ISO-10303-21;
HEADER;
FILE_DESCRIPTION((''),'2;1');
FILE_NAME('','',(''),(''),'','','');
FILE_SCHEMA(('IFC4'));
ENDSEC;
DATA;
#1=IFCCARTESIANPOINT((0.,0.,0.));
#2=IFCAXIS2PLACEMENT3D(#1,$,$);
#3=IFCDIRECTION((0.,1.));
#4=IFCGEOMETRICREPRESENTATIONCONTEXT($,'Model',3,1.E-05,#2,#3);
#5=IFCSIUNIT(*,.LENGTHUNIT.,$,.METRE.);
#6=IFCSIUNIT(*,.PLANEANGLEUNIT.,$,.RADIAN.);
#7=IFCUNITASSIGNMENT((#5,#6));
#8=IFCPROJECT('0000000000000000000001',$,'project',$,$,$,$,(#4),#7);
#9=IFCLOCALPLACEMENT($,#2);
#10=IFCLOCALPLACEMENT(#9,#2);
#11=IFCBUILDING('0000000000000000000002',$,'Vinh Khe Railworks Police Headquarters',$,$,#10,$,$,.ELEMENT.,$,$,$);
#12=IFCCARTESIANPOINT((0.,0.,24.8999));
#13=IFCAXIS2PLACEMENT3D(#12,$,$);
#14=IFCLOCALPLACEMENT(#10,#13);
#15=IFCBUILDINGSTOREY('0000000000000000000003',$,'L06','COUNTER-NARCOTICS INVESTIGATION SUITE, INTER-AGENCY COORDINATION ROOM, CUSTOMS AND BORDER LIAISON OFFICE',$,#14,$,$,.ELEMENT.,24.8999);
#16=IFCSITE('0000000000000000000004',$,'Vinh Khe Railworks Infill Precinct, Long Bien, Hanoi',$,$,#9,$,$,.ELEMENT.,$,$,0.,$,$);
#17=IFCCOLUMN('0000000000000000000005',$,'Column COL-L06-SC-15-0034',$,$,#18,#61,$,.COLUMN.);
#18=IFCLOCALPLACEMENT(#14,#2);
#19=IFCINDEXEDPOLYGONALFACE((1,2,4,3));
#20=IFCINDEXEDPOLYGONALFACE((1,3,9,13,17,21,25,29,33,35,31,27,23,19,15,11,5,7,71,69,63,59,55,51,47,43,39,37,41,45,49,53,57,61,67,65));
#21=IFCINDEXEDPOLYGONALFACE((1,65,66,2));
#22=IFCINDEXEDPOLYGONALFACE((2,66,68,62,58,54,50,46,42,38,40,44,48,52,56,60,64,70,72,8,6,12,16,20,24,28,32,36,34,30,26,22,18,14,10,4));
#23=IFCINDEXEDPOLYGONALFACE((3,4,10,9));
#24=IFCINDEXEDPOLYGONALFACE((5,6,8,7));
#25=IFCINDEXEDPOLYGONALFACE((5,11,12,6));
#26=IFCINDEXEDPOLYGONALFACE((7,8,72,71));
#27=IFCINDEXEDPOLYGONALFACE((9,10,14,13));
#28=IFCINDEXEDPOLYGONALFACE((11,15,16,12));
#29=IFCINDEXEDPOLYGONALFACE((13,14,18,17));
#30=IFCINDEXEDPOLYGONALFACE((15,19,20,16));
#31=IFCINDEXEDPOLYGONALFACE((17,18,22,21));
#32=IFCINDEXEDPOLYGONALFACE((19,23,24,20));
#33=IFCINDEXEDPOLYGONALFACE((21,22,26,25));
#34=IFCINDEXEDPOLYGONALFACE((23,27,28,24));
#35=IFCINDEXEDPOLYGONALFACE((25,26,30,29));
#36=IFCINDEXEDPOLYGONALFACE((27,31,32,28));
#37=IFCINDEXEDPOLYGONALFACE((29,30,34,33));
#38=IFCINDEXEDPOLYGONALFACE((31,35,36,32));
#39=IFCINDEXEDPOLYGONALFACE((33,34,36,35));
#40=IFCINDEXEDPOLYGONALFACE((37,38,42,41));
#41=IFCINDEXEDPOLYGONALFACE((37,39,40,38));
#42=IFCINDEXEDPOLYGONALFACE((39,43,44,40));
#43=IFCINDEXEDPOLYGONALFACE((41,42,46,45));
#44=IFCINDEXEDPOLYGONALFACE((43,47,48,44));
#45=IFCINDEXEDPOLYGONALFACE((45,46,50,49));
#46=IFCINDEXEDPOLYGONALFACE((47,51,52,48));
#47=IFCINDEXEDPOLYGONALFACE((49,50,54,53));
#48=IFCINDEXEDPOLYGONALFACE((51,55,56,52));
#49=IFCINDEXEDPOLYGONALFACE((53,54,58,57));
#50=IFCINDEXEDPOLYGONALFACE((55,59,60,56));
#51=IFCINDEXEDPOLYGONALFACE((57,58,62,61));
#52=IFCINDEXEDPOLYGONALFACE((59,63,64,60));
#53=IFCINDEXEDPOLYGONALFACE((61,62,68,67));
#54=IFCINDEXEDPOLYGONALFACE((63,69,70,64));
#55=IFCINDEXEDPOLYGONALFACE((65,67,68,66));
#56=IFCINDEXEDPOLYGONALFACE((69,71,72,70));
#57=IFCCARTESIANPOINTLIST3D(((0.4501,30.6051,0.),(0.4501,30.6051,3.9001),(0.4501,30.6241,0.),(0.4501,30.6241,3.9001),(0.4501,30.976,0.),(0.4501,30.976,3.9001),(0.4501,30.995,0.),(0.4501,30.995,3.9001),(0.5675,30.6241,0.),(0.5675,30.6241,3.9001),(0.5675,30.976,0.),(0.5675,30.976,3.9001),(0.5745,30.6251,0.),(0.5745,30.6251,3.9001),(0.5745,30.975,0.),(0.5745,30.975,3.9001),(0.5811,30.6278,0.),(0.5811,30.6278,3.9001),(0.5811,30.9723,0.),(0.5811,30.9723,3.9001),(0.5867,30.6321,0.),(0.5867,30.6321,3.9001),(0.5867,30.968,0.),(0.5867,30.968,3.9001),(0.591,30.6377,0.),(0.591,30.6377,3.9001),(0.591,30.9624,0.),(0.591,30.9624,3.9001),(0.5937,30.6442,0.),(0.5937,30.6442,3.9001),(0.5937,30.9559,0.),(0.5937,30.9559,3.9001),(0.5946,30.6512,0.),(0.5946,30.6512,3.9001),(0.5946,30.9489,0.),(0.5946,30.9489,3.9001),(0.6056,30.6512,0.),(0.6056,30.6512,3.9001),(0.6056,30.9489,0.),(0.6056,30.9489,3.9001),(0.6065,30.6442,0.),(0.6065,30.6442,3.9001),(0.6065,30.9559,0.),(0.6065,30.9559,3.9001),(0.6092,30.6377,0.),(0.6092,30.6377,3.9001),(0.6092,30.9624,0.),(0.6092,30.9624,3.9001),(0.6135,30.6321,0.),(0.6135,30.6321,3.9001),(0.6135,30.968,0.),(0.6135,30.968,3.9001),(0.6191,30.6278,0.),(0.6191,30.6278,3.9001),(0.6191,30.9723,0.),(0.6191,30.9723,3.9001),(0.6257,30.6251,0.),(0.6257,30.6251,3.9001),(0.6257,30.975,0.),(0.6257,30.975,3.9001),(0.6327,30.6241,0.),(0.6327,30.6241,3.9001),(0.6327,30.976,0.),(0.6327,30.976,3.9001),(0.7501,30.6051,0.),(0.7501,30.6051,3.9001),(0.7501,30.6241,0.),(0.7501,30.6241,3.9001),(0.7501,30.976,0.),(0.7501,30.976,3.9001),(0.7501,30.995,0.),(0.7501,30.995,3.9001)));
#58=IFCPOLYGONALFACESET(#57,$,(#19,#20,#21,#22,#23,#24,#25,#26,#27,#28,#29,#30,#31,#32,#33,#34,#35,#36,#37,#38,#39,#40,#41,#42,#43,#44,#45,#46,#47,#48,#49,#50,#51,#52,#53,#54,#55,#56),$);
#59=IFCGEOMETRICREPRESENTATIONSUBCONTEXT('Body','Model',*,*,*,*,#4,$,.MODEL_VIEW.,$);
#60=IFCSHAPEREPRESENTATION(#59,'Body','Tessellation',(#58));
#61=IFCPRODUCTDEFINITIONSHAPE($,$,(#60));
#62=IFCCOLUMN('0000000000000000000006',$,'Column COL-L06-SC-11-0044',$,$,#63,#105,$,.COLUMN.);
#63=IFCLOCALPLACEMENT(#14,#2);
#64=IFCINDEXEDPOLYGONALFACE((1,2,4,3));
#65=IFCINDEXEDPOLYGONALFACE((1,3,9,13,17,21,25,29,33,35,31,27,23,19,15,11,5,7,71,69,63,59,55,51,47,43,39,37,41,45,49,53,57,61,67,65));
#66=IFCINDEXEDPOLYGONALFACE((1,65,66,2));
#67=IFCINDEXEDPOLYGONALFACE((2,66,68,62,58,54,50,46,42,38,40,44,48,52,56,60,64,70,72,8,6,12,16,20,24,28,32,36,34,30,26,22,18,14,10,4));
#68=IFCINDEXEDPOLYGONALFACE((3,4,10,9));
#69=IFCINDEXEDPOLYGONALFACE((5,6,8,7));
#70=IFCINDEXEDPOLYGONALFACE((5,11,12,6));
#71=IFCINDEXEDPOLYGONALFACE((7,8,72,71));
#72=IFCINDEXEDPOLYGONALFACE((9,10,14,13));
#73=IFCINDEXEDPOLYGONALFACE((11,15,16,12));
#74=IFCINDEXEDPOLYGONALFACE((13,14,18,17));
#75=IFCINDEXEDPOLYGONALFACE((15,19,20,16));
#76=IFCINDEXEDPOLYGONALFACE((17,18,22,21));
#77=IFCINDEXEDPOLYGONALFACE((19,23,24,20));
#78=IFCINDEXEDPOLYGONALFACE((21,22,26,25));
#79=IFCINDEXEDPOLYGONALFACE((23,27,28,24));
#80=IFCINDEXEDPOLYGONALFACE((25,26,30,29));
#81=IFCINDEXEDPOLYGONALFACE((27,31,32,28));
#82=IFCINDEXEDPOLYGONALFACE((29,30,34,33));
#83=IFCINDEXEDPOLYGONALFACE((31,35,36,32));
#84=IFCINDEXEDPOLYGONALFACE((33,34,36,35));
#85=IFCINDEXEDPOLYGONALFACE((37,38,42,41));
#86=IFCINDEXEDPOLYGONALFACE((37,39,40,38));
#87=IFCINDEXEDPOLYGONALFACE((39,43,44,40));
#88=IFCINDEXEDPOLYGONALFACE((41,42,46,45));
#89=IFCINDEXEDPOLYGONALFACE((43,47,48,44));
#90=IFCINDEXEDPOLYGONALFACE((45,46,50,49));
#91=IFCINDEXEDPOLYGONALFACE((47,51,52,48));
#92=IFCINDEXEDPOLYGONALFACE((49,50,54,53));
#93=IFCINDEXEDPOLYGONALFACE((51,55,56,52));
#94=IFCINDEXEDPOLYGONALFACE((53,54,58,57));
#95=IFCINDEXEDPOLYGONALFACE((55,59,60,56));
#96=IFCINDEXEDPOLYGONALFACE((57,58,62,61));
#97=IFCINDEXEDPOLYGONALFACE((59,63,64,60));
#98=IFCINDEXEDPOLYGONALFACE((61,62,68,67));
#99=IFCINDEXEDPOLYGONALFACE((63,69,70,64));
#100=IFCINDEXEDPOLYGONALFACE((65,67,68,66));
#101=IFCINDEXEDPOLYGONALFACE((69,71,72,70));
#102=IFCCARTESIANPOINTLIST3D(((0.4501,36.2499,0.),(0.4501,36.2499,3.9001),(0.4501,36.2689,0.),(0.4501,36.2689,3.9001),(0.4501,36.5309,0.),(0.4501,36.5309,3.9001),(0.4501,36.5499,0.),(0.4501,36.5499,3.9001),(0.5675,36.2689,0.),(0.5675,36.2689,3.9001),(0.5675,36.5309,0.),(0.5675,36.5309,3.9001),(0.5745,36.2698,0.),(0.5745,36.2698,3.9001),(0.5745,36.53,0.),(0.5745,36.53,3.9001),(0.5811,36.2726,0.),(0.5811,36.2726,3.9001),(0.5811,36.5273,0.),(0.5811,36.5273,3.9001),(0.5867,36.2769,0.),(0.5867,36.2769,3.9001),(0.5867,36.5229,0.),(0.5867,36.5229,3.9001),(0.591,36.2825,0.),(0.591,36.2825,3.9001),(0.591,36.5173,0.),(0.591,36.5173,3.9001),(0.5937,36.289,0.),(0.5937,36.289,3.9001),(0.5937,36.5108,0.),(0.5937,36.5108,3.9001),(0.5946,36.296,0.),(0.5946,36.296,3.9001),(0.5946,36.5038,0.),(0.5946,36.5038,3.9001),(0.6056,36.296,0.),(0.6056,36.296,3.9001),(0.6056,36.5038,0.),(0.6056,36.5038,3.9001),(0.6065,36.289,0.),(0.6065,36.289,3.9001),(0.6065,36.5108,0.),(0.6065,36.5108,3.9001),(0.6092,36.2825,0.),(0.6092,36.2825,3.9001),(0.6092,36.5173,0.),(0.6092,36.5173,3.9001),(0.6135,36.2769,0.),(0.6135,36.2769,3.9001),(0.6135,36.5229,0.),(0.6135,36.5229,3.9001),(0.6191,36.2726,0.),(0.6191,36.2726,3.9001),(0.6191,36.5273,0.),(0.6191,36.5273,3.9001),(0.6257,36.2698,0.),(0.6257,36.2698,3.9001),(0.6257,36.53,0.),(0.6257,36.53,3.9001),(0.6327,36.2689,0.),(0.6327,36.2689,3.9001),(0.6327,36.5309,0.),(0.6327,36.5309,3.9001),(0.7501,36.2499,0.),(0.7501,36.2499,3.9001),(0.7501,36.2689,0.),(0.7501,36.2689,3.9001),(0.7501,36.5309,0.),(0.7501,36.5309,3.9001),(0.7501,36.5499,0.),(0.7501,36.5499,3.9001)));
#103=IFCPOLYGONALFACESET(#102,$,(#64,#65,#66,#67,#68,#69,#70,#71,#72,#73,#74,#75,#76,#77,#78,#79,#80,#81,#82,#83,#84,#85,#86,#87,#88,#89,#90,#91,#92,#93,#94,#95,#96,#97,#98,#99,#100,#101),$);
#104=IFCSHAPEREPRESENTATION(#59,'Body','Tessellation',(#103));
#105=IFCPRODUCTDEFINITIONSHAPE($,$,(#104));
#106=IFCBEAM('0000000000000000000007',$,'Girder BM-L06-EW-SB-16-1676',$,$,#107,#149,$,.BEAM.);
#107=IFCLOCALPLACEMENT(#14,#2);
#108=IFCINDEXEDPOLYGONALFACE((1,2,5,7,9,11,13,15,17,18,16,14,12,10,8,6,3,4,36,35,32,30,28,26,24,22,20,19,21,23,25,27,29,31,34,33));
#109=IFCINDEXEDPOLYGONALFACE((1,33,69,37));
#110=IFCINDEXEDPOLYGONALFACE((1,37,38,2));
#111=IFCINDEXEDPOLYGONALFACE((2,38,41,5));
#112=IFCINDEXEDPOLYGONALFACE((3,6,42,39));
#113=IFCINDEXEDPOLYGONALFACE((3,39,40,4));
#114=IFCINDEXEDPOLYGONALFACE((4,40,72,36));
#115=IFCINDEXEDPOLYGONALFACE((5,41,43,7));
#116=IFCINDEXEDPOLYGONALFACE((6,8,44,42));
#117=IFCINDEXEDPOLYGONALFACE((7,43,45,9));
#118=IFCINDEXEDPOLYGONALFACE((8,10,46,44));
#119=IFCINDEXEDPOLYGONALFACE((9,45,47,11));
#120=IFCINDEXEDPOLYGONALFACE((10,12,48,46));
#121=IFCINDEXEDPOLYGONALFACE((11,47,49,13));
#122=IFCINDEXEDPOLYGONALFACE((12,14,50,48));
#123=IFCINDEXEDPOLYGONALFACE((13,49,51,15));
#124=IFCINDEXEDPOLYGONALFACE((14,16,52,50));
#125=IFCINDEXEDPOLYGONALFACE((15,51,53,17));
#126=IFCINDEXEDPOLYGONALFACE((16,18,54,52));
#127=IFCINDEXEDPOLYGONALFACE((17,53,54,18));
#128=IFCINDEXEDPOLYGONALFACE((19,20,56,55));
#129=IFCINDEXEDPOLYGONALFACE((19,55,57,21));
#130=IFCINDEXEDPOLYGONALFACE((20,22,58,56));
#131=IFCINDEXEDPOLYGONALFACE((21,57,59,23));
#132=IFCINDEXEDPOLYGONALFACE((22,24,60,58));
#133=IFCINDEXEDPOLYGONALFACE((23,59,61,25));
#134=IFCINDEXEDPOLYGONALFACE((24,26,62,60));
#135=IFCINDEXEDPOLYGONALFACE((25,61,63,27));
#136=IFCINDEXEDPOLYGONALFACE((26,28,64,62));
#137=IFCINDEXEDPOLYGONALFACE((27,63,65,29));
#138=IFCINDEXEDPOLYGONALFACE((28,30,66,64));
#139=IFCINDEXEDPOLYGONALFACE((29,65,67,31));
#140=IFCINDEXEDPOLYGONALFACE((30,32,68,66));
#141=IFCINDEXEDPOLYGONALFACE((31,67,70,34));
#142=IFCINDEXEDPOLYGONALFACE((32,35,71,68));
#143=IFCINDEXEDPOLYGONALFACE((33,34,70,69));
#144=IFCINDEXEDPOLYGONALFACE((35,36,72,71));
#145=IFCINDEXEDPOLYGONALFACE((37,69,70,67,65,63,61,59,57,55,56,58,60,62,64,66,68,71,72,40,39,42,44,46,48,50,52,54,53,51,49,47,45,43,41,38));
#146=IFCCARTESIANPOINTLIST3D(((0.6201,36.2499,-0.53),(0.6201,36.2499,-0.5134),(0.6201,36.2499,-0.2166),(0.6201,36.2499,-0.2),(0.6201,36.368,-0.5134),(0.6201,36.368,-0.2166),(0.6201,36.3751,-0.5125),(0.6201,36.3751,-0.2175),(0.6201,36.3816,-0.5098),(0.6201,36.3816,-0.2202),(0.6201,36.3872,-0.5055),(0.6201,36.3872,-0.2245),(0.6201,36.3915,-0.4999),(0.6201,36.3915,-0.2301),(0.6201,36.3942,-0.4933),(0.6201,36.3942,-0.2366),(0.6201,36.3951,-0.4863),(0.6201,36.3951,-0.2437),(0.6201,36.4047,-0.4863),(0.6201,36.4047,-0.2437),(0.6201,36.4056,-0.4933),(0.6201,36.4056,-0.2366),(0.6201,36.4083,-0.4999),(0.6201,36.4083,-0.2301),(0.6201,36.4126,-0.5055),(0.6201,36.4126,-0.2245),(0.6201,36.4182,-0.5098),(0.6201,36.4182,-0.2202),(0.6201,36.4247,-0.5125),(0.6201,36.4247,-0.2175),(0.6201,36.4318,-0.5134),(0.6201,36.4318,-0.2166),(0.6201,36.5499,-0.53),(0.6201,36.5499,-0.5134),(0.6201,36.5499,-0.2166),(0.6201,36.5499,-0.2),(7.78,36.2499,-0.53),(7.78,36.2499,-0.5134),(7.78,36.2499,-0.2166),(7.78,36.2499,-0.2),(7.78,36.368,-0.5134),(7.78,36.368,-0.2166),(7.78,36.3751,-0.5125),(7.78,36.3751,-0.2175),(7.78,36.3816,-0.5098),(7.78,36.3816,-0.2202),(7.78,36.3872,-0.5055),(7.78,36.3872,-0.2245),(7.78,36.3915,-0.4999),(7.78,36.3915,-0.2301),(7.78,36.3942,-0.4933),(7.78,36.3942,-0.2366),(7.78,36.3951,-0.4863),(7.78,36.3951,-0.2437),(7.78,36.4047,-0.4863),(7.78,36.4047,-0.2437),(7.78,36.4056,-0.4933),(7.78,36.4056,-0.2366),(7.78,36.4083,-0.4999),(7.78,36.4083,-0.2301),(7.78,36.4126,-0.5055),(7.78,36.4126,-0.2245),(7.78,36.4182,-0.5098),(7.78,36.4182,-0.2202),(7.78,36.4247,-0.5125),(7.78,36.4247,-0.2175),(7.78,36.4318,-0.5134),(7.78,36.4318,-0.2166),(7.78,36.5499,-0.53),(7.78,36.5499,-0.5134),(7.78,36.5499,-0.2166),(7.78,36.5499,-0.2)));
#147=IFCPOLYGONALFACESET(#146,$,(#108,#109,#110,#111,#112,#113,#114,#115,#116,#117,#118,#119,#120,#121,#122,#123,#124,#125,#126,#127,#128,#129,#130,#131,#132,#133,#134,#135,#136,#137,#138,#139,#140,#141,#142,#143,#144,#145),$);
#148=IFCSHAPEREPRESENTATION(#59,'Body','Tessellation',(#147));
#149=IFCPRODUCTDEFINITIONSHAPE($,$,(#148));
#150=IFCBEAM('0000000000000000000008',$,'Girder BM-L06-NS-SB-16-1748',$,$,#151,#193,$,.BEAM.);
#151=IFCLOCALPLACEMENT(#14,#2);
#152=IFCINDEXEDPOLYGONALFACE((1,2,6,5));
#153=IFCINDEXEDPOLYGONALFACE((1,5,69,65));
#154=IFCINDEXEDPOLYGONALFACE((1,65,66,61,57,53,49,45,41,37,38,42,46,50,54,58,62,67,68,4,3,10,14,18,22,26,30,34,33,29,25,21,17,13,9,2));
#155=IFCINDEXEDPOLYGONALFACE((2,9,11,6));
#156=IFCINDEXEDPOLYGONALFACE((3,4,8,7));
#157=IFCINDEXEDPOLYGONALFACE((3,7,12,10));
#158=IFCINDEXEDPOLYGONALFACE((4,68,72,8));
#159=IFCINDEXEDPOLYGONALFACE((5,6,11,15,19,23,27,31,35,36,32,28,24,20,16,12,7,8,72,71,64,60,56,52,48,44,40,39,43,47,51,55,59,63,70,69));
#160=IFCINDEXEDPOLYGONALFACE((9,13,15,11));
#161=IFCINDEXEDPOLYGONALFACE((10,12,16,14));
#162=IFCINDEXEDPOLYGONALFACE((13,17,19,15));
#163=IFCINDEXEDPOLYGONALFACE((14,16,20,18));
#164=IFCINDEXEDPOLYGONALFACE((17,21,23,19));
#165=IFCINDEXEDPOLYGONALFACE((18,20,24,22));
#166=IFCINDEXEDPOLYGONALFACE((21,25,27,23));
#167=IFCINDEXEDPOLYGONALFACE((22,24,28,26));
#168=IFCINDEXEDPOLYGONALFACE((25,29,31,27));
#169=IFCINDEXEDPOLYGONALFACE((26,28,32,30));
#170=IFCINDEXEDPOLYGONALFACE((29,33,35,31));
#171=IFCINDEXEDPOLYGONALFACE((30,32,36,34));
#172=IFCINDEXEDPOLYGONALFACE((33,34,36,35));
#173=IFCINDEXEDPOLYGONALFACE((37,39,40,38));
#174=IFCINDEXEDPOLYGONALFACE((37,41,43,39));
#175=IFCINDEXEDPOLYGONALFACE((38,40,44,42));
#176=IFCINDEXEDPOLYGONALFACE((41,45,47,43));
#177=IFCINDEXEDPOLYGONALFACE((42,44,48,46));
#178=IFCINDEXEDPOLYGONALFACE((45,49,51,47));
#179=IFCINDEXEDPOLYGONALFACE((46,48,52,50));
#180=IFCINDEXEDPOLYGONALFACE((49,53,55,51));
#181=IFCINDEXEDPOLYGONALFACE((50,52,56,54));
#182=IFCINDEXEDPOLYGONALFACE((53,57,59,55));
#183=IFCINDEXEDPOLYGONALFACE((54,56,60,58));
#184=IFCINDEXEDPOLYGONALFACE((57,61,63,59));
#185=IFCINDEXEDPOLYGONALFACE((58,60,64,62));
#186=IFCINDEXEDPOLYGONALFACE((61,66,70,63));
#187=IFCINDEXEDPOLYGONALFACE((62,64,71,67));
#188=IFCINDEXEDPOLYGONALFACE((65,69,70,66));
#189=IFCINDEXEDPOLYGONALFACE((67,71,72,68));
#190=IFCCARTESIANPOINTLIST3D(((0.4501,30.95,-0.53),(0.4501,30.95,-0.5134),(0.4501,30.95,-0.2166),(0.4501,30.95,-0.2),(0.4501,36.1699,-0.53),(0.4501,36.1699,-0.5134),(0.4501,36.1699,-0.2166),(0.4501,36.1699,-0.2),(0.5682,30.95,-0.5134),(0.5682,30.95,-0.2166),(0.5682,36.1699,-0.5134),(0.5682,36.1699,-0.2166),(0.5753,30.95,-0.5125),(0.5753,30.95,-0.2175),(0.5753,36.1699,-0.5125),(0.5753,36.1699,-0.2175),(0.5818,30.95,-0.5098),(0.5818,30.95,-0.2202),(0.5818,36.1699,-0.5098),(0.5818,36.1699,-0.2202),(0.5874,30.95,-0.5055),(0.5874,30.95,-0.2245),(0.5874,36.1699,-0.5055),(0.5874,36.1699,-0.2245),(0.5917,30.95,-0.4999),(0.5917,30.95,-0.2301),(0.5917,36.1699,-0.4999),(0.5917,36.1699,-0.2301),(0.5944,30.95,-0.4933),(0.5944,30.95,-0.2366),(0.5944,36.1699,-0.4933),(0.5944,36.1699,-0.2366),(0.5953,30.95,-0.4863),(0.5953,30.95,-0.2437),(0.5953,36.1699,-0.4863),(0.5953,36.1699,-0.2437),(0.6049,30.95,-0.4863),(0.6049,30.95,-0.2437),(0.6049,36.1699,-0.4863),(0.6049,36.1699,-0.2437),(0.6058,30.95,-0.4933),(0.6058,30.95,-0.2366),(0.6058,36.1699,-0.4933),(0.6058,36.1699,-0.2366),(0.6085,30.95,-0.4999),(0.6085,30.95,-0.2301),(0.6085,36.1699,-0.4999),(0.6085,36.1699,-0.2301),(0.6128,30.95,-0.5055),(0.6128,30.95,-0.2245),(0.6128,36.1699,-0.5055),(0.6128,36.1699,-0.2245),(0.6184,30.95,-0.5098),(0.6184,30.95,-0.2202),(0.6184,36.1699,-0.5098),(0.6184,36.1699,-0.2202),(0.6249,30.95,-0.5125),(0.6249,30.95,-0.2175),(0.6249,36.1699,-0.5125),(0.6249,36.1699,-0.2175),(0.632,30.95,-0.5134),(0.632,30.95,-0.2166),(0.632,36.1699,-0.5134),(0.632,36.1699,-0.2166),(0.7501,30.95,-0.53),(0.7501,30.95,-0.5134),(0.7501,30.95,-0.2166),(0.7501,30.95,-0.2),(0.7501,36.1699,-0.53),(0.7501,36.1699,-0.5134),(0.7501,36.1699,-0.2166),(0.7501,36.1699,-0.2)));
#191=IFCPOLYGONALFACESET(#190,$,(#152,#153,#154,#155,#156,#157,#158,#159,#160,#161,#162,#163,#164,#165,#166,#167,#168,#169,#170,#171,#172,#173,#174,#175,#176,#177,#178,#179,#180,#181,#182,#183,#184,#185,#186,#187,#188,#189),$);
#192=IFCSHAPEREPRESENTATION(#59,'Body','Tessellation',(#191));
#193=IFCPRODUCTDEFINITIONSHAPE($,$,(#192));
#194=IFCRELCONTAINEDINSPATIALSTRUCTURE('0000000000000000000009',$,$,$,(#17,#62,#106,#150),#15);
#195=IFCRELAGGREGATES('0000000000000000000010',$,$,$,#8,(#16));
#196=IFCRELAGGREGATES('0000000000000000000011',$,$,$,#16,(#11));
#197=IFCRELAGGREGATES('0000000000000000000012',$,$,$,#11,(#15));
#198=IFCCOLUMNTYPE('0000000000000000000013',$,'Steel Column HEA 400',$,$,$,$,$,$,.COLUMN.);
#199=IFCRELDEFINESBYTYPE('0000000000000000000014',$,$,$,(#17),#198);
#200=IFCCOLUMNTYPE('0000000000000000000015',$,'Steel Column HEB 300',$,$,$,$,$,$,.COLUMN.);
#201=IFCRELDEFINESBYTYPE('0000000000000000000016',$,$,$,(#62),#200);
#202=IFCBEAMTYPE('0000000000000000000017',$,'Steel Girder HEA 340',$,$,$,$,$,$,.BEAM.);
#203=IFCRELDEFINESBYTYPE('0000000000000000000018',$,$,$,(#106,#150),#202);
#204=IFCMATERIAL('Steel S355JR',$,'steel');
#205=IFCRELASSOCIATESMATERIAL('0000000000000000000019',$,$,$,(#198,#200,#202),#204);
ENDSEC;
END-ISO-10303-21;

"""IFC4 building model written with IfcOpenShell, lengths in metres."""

from ifc_helpers import new_model, si_unit, direction, frame, origin, origin_2d, place, context, subcontext, project, spatial, i_section, extrude, material, material_profile, profile_set, type_object, element, save


model = new_model("IFC4")

# Units and contexts
model_context = context("Model", 3, precision=1e-05, world=origin(), true_north=direction((0.0, 1.0)))
body_context = subcontext(model_context, "Body", "Model", "MODEL_VIEW")
ifc_project = project(units=[si_unit("LENGTHUNIT", "METRE"), si_unit("PLANEANGLEUNIT", "RADIAN")], contexts=[model_context])

# Site, building, storey
site_placement = place(None, origin())
site = spatial("IfcSite", under=ifc_project, at=site_placement, Name="Vinh Khe Railworks Infill Precinct, Long Bien, Hanoi", CompositionType="ELEMENT", RefElevation=0.0)
building_placement = place(site_placement, origin())
building = spatial("IfcBuilding", under=site, at=building_placement, Name="Vinh Khe Railworks Police Headquarters", CompositionType="ELEMENT")
storey_placement = place(building_placement, frame((0.0, 0.0, 24.8999)))
storey = spatial("IfcBuildingStorey", under=building, at=storey_placement, Name="L06", Description="COUNTER-NARCOTICS INVESTIGATION SUITE, INTER-AGENCY COORDINATION ROOM, CUSTOMS AND BORDER LIAISON OFFICE", CompositionType="ELEMENT", Elevation=24.8999)

# Columns
ifc_material_1 = material(Name="Steel S355JR", Category="steel")
ifc_material_profile_1 = material_profile(ifc_material_1, i_section(OverallWidth=0.3, OverallDepth=0.3899, WebThickness=0.011, FlangeThickness=0.019, FilletRadius=0.0271, at=origin_2d()), Name="HEA 400")
ifc_profile_set_1 = profile_set([ifc_material_profile_1], Name="Steel S355JR")
column_type_1 = type_object("IfcColumnType", Name="Steel Column HEA 400", PredefinedType="COLUMN", material=ifc_profile_set_1)
column_1_placement = place(storey_placement, frame((0.6001, 30.8, 0.0), z_axis=(0.0, 0.0, 1.0), x_axis=(1.0, 0.0, 0.0)))
element("IfcColumn", 1, at=column_1_placement, inside=storey, type_object=column_type_1, Name="Column COL-L06-SC-15-0034", PredefinedType="COLUMN", context=body_context, shape_type="SweptSolid", body=[
    extrude(i_section(OverallWidth=0.3, OverallDepth=0.3899, WebThickness=0.011, FlangeThickness=0.019, FilletRadius=0.0271, at=origin_2d()), origin(), (0.0, 0.0, 1.0), 3.9001),
])
ifc_material_profile_2 = material_profile(ifc_material_1, i_section(OverallWidth=0.3, OverallDepth=0.3, WebThickness=0.011, FlangeThickness=0.019, FilletRadius=0.0271, at=origin_2d()), Name="HEB 300")
ifc_profile_set_2 = profile_set([ifc_material_profile_2], Name="Steel S355JR")
column_type_2 = type_object("IfcColumnType", Name="Steel Column HEB 300", PredefinedType="COLUMN", material=ifc_profile_set_2)
column_2_placement = place(storey_placement, frame((0.6001, 36.3999, 0.0), z_axis=(0.0, 0.0, 1.0), x_axis=(1.0, 0.0, 0.0)))
element("IfcColumn", 2, at=column_2_placement, inside=storey, type_object=column_type_2, Name="Column COL-L06-SC-11-0044", PredefinedType="COLUMN", context=body_context, shape_type="SweptSolid", body=[
    extrude(i_section(OverallWidth=0.3, OverallDepth=0.3, WebThickness=0.011, FlangeThickness=0.019, FilletRadius=0.0271, at=origin_2d()), origin(), (0.0, 0.0, 1.0), 3.9001),
])

# Beams
ifc_material_profile_3 = material_profile(ifc_material_1, i_section(OverallWidth=0.3, OverallDepth=0.3301, WebThickness=0.0095, FlangeThickness=0.0166, FilletRadius=0.0271, at=origin_2d()), Name="HEA 340")
ifc_profile_set_3 = profile_set([ifc_material_profile_3], Name="Steel S355JR")
beam_type_1 = type_object("IfcBeamType", Name="Steel Girder HEA 340", PredefinedType="BEAM", material=ifc_profile_set_3)
beam_1_placement = place(storey_placement, frame((0.6201, 36.3999, -0.365), z_axis=(1.0, 0.0, 0.0), x_axis=(0.0, 1.0, 0.0)))
element("IfcBeam", 3, at=beam_1_placement, inside=storey, type_object=beam_type_1, Name="Girder BM-L06-EW-SB-16-1676", PredefinedType="BEAM", context=body_context, shape_type="SweptSolid", body=[
    extrude(i_section(OverallWidth=0.3, OverallDepth=0.3301, WebThickness=0.0095, FlangeThickness=0.0166, FilletRadius=0.0271, at=origin_2d()), origin(), (0.0, 0.0, 1.0), 7.1599),
])
beam_2_placement = place(storey_placement, frame((0.6001, 30.95, -0.365), z_axis=(0.0, 1.0, 0.0), x_axis=(-1.0, 0.0, 0.0)))
element("IfcBeam", 4, at=beam_2_placement, inside=storey, type_object=beam_type_1, Name="Girder BM-L06-NS-SB-16-1748", PredefinedType="BEAM", context=body_context, shape_type="SweptSolid", body=[
    extrude(i_section(OverallWidth=0.3, OverallDepth=0.3301, WebThickness=0.0095, FlangeThickness=0.0166, FilletRadius=0.0271, at=origin_2d()), origin(), (0.0, 0.0, 1.0), 5.22),
])

save(model, "model.ifc")
